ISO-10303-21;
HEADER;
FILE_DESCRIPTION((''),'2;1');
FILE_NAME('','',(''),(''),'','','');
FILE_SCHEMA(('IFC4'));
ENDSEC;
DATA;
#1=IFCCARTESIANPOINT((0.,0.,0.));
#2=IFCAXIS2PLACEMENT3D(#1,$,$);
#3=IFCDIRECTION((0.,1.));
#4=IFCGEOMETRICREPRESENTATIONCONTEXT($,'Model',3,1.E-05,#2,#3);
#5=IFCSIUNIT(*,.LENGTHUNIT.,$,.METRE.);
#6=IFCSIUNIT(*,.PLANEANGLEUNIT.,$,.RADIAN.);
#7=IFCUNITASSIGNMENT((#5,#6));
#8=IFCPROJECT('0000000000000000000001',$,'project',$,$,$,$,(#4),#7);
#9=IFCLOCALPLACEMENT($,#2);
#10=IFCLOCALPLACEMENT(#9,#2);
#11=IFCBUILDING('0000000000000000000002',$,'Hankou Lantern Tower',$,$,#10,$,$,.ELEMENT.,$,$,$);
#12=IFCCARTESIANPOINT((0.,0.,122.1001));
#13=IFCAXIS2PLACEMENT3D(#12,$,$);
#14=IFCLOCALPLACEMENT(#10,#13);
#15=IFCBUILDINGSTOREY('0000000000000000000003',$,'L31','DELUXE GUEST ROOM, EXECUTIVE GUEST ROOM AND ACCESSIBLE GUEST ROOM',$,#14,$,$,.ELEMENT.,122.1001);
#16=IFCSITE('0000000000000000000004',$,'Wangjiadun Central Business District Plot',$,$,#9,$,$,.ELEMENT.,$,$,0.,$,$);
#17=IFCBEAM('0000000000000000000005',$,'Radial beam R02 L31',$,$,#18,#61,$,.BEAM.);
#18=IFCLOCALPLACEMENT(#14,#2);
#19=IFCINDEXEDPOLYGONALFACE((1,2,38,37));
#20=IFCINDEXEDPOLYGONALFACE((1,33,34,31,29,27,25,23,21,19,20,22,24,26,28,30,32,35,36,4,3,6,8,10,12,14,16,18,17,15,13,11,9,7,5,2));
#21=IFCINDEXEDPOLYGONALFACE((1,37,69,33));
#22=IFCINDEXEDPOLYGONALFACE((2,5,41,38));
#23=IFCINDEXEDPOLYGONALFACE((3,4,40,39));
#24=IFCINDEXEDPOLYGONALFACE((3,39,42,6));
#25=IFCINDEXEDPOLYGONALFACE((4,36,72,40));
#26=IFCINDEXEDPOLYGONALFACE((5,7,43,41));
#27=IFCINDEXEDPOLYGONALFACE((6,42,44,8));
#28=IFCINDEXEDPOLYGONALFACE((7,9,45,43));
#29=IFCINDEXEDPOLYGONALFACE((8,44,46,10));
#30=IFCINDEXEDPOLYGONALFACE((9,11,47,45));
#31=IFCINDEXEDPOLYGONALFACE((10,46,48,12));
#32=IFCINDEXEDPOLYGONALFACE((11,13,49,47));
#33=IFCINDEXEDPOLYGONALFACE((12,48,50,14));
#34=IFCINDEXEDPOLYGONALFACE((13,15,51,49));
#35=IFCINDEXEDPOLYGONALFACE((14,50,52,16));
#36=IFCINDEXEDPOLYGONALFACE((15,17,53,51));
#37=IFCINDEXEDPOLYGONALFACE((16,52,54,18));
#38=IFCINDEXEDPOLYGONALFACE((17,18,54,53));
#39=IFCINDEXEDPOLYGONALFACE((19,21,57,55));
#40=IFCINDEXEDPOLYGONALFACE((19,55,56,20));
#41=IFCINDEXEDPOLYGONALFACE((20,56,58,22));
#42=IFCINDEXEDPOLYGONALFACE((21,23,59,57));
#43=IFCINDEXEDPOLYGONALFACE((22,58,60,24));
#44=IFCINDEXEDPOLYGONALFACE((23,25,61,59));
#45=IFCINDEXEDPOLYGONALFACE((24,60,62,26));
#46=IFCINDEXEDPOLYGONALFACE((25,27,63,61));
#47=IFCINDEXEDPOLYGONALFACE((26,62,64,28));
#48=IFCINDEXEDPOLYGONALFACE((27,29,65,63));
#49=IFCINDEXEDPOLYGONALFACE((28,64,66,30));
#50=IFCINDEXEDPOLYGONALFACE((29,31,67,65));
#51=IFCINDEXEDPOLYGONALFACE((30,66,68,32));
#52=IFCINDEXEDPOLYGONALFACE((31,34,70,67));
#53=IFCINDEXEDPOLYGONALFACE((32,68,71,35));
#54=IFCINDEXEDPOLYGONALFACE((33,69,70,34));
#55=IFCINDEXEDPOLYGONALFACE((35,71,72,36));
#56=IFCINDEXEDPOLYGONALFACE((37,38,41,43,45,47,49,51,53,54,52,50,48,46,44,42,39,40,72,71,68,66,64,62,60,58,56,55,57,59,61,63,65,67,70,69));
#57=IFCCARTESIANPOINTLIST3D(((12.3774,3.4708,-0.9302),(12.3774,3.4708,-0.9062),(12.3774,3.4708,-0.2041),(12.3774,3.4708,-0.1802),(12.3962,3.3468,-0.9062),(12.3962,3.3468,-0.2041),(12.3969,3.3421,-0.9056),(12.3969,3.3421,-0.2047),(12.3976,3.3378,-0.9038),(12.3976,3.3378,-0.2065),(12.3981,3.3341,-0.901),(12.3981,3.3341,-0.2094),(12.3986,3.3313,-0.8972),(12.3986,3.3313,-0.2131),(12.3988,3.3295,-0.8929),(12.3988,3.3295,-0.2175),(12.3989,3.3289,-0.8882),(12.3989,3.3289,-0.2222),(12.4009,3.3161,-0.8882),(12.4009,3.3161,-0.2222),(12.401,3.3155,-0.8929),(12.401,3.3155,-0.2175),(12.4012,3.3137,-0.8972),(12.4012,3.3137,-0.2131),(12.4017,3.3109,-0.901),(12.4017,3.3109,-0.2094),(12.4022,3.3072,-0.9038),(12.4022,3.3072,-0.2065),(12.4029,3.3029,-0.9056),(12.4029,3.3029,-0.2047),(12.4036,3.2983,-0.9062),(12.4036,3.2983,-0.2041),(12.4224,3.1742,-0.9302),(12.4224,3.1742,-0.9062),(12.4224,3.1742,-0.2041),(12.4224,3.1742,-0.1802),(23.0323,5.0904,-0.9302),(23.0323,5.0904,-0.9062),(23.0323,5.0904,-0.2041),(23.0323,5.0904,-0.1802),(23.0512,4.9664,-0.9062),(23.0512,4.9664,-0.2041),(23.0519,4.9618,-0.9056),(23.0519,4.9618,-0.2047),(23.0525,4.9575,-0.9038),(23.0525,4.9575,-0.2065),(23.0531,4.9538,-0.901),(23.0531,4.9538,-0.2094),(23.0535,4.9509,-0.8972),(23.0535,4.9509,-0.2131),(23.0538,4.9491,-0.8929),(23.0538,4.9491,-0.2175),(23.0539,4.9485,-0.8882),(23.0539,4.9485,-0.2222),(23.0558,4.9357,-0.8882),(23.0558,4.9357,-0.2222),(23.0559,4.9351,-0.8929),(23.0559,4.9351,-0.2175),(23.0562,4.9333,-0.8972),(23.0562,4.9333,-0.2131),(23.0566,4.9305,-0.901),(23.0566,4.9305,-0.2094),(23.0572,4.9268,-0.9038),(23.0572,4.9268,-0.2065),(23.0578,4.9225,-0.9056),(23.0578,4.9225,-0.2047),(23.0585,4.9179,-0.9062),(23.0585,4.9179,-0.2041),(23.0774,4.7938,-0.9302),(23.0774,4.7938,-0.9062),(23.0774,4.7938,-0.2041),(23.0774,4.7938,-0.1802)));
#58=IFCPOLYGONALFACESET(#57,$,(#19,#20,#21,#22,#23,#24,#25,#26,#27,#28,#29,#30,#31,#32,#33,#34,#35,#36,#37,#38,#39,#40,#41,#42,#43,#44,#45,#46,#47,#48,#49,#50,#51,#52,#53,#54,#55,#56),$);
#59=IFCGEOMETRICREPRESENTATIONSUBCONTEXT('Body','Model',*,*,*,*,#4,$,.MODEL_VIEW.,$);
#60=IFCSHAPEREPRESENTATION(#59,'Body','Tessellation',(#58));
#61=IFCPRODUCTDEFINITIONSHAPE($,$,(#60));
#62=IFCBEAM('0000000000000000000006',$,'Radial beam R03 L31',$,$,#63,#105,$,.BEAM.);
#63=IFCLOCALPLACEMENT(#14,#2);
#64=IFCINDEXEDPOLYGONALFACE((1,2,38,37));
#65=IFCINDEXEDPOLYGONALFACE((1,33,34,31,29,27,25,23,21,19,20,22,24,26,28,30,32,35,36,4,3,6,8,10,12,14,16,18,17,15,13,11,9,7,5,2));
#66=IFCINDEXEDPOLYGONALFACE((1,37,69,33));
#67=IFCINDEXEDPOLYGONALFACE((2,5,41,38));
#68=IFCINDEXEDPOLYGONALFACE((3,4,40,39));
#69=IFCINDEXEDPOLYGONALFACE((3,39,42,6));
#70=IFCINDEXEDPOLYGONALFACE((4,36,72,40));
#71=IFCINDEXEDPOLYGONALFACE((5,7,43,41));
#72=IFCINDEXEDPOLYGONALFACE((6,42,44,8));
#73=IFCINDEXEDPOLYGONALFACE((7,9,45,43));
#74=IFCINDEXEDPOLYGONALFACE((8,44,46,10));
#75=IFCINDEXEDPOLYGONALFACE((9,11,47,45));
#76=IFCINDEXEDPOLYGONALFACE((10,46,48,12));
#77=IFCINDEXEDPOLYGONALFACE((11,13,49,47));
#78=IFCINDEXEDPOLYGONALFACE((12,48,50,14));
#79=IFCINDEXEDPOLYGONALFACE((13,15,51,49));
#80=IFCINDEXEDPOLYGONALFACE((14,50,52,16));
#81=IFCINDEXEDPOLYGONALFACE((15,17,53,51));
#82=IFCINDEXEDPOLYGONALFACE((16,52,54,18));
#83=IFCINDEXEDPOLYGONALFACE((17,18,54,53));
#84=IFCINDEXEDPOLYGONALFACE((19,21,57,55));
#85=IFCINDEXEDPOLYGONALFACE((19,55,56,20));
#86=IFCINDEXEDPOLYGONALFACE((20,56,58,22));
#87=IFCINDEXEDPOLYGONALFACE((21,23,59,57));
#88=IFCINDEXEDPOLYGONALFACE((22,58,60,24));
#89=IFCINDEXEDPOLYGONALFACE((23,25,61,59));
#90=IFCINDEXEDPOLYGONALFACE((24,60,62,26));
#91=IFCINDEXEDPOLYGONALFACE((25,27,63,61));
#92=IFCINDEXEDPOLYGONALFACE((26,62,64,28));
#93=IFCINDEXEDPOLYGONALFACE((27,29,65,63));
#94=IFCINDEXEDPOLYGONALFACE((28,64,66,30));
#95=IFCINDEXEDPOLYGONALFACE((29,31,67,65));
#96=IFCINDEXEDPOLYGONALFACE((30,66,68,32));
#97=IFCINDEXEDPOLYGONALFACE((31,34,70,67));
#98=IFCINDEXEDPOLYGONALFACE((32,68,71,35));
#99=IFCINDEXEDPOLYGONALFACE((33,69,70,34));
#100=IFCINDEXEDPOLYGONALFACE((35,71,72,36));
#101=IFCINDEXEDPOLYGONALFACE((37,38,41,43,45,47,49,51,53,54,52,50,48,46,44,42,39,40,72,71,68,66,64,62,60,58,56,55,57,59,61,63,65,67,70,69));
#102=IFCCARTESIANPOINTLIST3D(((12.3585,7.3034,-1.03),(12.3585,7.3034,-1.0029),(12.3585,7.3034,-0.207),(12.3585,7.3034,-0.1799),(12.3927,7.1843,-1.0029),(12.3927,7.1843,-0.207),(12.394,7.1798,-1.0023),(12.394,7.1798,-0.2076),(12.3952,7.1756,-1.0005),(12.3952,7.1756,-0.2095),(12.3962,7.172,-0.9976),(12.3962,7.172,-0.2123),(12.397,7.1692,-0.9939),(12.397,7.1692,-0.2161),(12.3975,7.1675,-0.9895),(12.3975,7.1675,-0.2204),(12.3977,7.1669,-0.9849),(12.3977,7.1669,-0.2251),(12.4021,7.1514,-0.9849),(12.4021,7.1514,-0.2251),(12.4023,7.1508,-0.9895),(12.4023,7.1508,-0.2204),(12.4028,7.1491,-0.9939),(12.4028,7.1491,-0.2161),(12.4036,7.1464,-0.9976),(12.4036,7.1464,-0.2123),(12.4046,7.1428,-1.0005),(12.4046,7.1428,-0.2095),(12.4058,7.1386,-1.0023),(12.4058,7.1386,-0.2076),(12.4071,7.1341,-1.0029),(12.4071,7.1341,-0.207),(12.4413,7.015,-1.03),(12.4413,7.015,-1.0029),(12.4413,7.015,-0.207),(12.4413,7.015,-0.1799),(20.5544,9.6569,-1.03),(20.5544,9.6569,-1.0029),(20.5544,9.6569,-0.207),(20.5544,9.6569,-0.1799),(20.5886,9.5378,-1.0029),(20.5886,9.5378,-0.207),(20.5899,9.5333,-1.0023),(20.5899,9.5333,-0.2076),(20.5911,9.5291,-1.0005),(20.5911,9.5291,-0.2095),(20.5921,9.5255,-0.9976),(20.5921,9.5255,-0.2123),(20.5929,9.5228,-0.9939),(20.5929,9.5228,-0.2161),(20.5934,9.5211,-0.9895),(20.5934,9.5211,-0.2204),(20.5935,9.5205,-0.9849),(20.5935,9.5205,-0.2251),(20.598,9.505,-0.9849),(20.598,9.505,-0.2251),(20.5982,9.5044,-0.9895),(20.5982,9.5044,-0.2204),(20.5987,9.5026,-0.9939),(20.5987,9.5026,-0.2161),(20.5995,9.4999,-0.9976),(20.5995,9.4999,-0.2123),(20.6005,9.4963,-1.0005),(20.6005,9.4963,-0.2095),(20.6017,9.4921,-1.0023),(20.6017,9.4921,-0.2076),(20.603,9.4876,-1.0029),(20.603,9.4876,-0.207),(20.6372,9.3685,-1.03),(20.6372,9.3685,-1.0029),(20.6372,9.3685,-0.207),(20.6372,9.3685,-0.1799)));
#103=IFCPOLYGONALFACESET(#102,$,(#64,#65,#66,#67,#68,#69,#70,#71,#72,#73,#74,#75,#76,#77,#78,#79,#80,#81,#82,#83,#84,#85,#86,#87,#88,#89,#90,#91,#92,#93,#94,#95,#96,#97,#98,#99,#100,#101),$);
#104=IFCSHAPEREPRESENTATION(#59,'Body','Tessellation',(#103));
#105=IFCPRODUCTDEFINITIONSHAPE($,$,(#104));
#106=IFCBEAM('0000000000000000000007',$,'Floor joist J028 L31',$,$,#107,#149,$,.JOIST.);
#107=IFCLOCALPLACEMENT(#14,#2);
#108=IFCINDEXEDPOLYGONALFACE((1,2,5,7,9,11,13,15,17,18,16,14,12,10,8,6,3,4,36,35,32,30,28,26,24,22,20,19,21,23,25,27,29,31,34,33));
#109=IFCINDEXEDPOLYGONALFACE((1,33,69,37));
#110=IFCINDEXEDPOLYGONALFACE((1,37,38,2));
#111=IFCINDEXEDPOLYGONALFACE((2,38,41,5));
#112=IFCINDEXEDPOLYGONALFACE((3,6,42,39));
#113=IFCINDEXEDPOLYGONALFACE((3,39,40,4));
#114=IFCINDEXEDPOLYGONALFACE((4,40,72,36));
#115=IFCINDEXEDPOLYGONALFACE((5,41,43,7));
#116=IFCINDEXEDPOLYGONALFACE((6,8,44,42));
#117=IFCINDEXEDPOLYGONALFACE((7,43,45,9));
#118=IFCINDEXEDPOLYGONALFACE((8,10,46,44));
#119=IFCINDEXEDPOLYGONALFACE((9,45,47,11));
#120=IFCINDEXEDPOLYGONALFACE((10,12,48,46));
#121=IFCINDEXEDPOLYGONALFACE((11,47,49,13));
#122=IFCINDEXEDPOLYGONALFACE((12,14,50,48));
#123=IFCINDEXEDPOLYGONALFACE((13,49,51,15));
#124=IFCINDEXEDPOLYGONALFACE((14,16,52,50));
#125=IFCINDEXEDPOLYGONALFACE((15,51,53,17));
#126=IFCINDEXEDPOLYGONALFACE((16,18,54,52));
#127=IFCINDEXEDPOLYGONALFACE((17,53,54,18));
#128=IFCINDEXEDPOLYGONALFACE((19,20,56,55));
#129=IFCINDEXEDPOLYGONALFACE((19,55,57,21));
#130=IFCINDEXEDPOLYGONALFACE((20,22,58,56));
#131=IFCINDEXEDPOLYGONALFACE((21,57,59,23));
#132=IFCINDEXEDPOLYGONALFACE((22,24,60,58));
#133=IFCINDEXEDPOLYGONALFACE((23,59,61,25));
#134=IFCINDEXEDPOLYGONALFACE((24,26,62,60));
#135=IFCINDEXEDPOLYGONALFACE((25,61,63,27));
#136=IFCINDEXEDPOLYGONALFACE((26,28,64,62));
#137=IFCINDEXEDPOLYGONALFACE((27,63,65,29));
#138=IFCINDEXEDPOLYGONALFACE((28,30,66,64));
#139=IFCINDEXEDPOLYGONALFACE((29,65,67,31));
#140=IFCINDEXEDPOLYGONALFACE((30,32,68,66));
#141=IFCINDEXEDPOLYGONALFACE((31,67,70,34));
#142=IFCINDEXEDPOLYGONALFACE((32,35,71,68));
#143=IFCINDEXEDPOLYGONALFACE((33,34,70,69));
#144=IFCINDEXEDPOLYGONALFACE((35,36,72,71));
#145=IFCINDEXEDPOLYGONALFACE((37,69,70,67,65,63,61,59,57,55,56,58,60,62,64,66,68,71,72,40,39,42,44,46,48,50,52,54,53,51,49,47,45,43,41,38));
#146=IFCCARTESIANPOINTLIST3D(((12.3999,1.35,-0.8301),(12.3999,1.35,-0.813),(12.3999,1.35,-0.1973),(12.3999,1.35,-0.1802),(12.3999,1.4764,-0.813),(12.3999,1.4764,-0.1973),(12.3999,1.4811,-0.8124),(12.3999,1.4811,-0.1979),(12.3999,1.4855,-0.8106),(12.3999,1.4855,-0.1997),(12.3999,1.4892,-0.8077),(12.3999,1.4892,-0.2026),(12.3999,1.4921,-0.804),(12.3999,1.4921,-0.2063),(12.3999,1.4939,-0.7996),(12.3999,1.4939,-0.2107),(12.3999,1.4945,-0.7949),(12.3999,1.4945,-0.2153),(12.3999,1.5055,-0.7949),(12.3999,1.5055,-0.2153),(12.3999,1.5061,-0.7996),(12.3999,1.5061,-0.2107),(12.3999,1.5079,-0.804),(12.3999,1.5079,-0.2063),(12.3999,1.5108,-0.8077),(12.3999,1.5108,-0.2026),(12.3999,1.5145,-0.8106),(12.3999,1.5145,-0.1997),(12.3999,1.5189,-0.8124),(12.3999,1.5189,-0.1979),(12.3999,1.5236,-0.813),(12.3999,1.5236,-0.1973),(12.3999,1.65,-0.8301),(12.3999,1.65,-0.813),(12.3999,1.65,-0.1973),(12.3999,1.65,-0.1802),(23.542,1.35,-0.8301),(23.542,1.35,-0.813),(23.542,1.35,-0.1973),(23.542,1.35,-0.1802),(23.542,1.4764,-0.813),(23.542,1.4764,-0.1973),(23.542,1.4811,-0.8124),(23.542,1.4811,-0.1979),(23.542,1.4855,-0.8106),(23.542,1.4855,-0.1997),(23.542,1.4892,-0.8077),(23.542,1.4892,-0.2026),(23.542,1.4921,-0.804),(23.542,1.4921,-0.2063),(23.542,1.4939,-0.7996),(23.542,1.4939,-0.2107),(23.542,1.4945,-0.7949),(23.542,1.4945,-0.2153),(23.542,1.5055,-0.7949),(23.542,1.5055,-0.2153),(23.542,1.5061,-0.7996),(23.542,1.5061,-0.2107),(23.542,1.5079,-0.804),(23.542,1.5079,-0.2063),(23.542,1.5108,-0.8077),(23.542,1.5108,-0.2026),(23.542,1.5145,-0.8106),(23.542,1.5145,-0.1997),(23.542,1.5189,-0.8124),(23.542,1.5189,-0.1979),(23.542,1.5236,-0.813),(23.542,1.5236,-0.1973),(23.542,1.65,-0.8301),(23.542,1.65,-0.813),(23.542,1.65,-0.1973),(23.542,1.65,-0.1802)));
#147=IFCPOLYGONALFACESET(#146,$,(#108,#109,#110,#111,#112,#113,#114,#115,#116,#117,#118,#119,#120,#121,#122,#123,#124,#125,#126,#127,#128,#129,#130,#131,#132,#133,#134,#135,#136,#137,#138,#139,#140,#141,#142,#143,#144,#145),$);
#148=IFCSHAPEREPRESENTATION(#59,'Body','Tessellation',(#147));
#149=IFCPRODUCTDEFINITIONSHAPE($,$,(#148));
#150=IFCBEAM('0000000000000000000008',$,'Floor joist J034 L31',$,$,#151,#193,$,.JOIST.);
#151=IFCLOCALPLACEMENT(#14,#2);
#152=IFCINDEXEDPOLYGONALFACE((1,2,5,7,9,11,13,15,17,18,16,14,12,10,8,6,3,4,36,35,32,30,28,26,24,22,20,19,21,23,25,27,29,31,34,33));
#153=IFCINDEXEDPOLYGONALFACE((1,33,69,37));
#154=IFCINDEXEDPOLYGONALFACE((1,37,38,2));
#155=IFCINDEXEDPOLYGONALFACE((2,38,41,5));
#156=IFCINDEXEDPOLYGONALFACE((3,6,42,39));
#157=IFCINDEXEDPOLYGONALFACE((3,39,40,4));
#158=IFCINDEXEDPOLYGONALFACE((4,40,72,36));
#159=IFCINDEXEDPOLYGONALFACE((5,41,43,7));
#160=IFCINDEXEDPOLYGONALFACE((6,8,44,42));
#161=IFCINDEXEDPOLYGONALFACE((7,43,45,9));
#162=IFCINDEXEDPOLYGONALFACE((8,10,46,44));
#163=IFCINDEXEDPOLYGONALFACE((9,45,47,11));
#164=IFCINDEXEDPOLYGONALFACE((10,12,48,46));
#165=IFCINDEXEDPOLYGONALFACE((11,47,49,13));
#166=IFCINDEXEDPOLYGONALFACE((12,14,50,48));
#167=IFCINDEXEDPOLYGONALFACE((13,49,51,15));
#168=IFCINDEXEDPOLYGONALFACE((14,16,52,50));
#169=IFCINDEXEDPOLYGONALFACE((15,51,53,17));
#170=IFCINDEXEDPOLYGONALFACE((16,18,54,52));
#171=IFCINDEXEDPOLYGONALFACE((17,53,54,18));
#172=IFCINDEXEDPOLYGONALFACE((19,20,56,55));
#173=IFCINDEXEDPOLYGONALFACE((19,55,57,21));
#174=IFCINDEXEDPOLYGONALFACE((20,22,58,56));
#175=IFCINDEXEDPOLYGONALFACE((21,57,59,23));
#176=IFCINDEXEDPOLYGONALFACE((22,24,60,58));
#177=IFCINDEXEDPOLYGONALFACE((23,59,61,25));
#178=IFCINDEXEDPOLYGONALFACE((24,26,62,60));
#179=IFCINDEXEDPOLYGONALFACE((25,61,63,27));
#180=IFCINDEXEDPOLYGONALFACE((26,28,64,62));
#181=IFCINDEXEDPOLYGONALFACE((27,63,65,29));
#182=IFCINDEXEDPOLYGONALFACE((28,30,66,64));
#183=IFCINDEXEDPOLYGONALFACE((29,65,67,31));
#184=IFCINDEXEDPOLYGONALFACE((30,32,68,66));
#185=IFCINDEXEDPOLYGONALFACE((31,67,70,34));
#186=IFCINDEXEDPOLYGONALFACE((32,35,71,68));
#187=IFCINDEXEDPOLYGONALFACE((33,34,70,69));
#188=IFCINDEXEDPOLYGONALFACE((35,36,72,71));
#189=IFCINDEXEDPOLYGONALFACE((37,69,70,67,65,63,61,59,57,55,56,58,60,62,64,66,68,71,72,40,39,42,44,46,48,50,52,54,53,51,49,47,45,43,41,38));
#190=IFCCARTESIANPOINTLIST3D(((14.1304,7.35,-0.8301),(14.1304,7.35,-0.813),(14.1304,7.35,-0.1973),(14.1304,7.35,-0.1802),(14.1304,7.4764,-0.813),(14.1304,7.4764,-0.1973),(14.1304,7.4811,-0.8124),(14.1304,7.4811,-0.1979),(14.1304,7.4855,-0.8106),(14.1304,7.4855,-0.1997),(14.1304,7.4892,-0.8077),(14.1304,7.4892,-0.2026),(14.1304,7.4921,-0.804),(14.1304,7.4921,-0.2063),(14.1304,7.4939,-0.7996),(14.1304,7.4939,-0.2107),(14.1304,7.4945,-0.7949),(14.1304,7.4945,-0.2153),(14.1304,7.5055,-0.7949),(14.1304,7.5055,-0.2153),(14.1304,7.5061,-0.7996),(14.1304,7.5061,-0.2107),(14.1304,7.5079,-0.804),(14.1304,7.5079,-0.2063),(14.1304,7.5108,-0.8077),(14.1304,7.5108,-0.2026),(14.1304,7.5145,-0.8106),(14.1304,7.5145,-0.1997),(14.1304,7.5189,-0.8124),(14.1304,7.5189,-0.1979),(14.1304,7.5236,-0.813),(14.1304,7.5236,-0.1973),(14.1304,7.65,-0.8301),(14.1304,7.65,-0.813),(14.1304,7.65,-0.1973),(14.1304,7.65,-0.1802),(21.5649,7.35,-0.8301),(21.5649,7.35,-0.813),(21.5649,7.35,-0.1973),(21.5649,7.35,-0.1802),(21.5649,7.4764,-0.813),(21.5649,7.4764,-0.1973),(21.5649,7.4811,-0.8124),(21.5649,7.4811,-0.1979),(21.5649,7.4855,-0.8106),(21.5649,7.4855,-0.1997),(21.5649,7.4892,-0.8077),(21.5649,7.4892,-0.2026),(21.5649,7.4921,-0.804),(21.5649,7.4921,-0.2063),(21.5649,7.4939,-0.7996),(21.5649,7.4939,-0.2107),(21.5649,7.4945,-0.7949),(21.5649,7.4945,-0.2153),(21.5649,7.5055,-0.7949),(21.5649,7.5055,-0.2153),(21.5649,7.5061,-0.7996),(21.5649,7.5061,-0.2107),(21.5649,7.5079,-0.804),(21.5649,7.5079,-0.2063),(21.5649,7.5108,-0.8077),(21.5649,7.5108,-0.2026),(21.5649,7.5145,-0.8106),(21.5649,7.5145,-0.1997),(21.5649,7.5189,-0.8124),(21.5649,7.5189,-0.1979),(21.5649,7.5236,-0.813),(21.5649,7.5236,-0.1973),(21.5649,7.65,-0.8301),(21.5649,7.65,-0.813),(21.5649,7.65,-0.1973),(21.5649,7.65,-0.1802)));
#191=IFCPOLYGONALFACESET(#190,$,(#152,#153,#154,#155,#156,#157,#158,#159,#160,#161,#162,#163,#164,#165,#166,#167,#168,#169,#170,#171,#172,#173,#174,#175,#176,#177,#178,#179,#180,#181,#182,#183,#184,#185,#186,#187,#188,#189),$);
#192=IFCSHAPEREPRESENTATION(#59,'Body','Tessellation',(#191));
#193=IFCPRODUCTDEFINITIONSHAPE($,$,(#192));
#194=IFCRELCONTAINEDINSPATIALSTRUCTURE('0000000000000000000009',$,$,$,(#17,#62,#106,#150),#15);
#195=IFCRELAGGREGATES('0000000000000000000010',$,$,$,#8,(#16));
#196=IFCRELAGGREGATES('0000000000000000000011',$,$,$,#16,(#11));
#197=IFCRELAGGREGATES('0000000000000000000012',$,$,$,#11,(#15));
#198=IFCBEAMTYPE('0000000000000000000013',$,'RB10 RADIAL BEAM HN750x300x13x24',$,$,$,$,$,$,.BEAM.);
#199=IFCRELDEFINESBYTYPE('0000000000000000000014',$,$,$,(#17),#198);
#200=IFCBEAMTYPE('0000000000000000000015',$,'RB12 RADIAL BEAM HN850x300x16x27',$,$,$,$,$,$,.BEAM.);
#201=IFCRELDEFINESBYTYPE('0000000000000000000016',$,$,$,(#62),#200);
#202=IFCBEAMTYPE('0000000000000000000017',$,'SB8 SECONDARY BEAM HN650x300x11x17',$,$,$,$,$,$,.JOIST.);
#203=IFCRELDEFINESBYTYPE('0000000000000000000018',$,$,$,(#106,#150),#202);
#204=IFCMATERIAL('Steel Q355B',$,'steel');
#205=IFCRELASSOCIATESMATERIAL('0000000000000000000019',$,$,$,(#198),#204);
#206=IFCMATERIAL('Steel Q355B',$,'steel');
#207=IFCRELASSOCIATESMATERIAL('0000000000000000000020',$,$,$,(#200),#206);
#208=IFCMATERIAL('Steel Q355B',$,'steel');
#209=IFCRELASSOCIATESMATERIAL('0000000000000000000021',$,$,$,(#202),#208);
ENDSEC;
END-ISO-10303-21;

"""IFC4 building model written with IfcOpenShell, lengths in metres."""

from ifc_helpers import new_model, si_unit, direction, frame, origin, origin_2d, place, context, subcontext, project, spatial, i_section, extrude, material, material_profile, profile_set, type_object, element, save


model = new_model("IFC4")

# Units and contexts
model_context = context("Model", 3, precision=1e-05, world=origin(), true_north=direction((0.0, 1.0)))
body_context = subcontext(model_context, "Body", "Model", "MODEL_VIEW")
ifc_project = project(units=[si_unit("LENGTHUNIT", "METRE"), si_unit("PLANEANGLEUNIT", "RADIAN")], contexts=[model_context])

# Site, building, storey
site_placement = place(None, origin())
site = spatial("IfcSite", under=ifc_project, at=site_placement, Name="Wangjiadun Central Business District Plot", CompositionType="ELEMENT", RefElevation=0.0)
building_placement = place(site_placement, origin())
building = spatial("IfcBuilding", under=site, at=building_placement, Name="Hankou Lantern Tower", CompositionType="ELEMENT")
storey_placement = place(building_placement, frame((0.0, 0.0, 122.1001)))
storey = spatial("IfcBuildingStorey", under=building, at=storey_placement, Name="L31", Description="DELUXE GUEST ROOM, EXECUTIVE GUEST ROOM AND ACCESSIBLE GUEST ROOM", CompositionType="ELEMENT", Elevation=122.1001)

# Beams
ifc_material_1 = material(Name="Steel Q355B", Category="steel")
ifc_material_profile_1 = material_profile(ifc_material_1, i_section(OverallWidth=0.3, OverallDepth=0.75, WebThickness=0.0129, FlangeThickness=0.0239, FilletRadius=0.0181, at=origin_2d()), Name="HN750x300x13x24")
ifc_profile_set_1 = profile_set([ifc_material_profile_1], Name="Steel Q355B")
beam_type_1 = type_object("IfcBeamType", Name="RB10 RADIAL BEAM HN750x300x13x24", PredefinedType="BEAM", material=ifc_profile_set_1)
beam_1_placement = place(storey_placement, frame((12.3999, 3.3225, -0.5552), z_axis=(0.988644, 0.15028, 0.0), x_axis=(-0.15028, 0.988644, 0.0)))
element("IfcBeam", 1, at=beam_1_placement, inside=storey, type_object=beam_type_1, Name="Radial beam R02 L31", PredefinedType="BEAM", context=body_context, shape_type="SweptSolid", body=[
    extrude(i_section(OverallWidth=0.3, OverallDepth=0.75, WebThickness=0.0129, FlangeThickness=0.0239, FilletRadius=0.0181, at=origin_2d()), origin(), (0.0, 0.0, 1.0), 10.7773),
])
ifc_material_2 = material(Name="Steel Q355B", Category="steel")
ifc_material_profile_2 = material_profile(ifc_material_2, i_section(OverallWidth=0.3, OverallDepth=0.8501, WebThickness=0.0161, FlangeThickness=0.0271, FilletRadius=0.0181, at=origin_2d()), Name="HN850x300x16x27")
ifc_profile_set_2 = profile_set([ifc_material_profile_2], Name="Steel Q355B")
beam_type_2 = type_object("IfcBeamType", Name="RB12 RADIAL BEAM HN850x300x16x27", PredefinedType="BEAM", material=ifc_profile_set_2)
beam_2_placement = place(storey_placement, frame((12.3999, 7.1592, -0.605), z_axis=(0.961156, 0.276007, 0.0), x_axis=(-0.276007, 0.961156, 0.0)))
element("IfcBeam", 2, at=beam_2_placement, inside=storey, type_object=beam_type_2, Name="Radial beam R03 L31", PredefinedType="BEAM", context=body_context, shape_type="SweptSolid", body=[
    extrude(i_section(OverallWidth=0.3, OverallDepth=0.8501, WebThickness=0.0161, FlangeThickness=0.0271, FilletRadius=0.0181, at=origin_2d()), origin(), (0.0, 0.0, 1.0), 8.5271),
])
ifc_material_3 = material(Name="Steel Q355B", Category="steel")
ifc_material_profile_3 = material_profile(ifc_material_3, i_section(OverallWidth=0.3, OverallDepth=0.6499, WebThickness=0.011, FlangeThickness=0.0171, FilletRadius=0.0181, at=origin_2d()), Name="HN650x300x11x17")
ifc_profile_set_3 = profile_set([ifc_material_profile_3], Name="Steel Q355B")
beam_type_3 = type_object("IfcBeamType", Name="SB8 SECONDARY BEAM HN650x300x11x17", PredefinedType="JOIST", material=ifc_profile_set_3)
beam_3_placement = place(storey_placement, frame((12.3999, 1.5, -0.5051), z_axis=(1.0, 0.0, 0.0), x_axis=(0.0, 1.0, 0.0)))
element("IfcBeam", 3, at=beam_3_placement, inside=storey, type_object=beam_type_3, Name="Floor joist J028 L31", PredefinedType="JOIST", context=body_context, shape_type="SweptSolid", body=[
    extrude(i_section(OverallWidth=0.3, OverallDepth=0.6499, WebThickness=0.011, FlangeThickness=0.0171, FilletRadius=0.0181, at=origin_2d()), origin(), (0.0, 0.0, 1.0), 11.1421),
])
beam_4_placement = place(storey_placement, frame((14.1304, 7.5, -0.5051), z_axis=(1.0, 0.0, 0.0), x_axis=(0.0, 1.0, 0.0)))
element("IfcBeam", 4, at=beam_4_placement, inside=storey, type_object=beam_type_3, Name="Floor joist J034 L31", PredefinedType="JOIST", context=body_context, shape_type="SweptSolid", body=[
    extrude(i_section(OverallWidth=0.3, OverallDepth=0.6499, WebThickness=0.011, FlangeThickness=0.0171, FilletRadius=0.0181, at=origin_2d()), origin(), (0.0, 0.0, 1.0), 7.4346),
])

save(model, "model.ifc")
